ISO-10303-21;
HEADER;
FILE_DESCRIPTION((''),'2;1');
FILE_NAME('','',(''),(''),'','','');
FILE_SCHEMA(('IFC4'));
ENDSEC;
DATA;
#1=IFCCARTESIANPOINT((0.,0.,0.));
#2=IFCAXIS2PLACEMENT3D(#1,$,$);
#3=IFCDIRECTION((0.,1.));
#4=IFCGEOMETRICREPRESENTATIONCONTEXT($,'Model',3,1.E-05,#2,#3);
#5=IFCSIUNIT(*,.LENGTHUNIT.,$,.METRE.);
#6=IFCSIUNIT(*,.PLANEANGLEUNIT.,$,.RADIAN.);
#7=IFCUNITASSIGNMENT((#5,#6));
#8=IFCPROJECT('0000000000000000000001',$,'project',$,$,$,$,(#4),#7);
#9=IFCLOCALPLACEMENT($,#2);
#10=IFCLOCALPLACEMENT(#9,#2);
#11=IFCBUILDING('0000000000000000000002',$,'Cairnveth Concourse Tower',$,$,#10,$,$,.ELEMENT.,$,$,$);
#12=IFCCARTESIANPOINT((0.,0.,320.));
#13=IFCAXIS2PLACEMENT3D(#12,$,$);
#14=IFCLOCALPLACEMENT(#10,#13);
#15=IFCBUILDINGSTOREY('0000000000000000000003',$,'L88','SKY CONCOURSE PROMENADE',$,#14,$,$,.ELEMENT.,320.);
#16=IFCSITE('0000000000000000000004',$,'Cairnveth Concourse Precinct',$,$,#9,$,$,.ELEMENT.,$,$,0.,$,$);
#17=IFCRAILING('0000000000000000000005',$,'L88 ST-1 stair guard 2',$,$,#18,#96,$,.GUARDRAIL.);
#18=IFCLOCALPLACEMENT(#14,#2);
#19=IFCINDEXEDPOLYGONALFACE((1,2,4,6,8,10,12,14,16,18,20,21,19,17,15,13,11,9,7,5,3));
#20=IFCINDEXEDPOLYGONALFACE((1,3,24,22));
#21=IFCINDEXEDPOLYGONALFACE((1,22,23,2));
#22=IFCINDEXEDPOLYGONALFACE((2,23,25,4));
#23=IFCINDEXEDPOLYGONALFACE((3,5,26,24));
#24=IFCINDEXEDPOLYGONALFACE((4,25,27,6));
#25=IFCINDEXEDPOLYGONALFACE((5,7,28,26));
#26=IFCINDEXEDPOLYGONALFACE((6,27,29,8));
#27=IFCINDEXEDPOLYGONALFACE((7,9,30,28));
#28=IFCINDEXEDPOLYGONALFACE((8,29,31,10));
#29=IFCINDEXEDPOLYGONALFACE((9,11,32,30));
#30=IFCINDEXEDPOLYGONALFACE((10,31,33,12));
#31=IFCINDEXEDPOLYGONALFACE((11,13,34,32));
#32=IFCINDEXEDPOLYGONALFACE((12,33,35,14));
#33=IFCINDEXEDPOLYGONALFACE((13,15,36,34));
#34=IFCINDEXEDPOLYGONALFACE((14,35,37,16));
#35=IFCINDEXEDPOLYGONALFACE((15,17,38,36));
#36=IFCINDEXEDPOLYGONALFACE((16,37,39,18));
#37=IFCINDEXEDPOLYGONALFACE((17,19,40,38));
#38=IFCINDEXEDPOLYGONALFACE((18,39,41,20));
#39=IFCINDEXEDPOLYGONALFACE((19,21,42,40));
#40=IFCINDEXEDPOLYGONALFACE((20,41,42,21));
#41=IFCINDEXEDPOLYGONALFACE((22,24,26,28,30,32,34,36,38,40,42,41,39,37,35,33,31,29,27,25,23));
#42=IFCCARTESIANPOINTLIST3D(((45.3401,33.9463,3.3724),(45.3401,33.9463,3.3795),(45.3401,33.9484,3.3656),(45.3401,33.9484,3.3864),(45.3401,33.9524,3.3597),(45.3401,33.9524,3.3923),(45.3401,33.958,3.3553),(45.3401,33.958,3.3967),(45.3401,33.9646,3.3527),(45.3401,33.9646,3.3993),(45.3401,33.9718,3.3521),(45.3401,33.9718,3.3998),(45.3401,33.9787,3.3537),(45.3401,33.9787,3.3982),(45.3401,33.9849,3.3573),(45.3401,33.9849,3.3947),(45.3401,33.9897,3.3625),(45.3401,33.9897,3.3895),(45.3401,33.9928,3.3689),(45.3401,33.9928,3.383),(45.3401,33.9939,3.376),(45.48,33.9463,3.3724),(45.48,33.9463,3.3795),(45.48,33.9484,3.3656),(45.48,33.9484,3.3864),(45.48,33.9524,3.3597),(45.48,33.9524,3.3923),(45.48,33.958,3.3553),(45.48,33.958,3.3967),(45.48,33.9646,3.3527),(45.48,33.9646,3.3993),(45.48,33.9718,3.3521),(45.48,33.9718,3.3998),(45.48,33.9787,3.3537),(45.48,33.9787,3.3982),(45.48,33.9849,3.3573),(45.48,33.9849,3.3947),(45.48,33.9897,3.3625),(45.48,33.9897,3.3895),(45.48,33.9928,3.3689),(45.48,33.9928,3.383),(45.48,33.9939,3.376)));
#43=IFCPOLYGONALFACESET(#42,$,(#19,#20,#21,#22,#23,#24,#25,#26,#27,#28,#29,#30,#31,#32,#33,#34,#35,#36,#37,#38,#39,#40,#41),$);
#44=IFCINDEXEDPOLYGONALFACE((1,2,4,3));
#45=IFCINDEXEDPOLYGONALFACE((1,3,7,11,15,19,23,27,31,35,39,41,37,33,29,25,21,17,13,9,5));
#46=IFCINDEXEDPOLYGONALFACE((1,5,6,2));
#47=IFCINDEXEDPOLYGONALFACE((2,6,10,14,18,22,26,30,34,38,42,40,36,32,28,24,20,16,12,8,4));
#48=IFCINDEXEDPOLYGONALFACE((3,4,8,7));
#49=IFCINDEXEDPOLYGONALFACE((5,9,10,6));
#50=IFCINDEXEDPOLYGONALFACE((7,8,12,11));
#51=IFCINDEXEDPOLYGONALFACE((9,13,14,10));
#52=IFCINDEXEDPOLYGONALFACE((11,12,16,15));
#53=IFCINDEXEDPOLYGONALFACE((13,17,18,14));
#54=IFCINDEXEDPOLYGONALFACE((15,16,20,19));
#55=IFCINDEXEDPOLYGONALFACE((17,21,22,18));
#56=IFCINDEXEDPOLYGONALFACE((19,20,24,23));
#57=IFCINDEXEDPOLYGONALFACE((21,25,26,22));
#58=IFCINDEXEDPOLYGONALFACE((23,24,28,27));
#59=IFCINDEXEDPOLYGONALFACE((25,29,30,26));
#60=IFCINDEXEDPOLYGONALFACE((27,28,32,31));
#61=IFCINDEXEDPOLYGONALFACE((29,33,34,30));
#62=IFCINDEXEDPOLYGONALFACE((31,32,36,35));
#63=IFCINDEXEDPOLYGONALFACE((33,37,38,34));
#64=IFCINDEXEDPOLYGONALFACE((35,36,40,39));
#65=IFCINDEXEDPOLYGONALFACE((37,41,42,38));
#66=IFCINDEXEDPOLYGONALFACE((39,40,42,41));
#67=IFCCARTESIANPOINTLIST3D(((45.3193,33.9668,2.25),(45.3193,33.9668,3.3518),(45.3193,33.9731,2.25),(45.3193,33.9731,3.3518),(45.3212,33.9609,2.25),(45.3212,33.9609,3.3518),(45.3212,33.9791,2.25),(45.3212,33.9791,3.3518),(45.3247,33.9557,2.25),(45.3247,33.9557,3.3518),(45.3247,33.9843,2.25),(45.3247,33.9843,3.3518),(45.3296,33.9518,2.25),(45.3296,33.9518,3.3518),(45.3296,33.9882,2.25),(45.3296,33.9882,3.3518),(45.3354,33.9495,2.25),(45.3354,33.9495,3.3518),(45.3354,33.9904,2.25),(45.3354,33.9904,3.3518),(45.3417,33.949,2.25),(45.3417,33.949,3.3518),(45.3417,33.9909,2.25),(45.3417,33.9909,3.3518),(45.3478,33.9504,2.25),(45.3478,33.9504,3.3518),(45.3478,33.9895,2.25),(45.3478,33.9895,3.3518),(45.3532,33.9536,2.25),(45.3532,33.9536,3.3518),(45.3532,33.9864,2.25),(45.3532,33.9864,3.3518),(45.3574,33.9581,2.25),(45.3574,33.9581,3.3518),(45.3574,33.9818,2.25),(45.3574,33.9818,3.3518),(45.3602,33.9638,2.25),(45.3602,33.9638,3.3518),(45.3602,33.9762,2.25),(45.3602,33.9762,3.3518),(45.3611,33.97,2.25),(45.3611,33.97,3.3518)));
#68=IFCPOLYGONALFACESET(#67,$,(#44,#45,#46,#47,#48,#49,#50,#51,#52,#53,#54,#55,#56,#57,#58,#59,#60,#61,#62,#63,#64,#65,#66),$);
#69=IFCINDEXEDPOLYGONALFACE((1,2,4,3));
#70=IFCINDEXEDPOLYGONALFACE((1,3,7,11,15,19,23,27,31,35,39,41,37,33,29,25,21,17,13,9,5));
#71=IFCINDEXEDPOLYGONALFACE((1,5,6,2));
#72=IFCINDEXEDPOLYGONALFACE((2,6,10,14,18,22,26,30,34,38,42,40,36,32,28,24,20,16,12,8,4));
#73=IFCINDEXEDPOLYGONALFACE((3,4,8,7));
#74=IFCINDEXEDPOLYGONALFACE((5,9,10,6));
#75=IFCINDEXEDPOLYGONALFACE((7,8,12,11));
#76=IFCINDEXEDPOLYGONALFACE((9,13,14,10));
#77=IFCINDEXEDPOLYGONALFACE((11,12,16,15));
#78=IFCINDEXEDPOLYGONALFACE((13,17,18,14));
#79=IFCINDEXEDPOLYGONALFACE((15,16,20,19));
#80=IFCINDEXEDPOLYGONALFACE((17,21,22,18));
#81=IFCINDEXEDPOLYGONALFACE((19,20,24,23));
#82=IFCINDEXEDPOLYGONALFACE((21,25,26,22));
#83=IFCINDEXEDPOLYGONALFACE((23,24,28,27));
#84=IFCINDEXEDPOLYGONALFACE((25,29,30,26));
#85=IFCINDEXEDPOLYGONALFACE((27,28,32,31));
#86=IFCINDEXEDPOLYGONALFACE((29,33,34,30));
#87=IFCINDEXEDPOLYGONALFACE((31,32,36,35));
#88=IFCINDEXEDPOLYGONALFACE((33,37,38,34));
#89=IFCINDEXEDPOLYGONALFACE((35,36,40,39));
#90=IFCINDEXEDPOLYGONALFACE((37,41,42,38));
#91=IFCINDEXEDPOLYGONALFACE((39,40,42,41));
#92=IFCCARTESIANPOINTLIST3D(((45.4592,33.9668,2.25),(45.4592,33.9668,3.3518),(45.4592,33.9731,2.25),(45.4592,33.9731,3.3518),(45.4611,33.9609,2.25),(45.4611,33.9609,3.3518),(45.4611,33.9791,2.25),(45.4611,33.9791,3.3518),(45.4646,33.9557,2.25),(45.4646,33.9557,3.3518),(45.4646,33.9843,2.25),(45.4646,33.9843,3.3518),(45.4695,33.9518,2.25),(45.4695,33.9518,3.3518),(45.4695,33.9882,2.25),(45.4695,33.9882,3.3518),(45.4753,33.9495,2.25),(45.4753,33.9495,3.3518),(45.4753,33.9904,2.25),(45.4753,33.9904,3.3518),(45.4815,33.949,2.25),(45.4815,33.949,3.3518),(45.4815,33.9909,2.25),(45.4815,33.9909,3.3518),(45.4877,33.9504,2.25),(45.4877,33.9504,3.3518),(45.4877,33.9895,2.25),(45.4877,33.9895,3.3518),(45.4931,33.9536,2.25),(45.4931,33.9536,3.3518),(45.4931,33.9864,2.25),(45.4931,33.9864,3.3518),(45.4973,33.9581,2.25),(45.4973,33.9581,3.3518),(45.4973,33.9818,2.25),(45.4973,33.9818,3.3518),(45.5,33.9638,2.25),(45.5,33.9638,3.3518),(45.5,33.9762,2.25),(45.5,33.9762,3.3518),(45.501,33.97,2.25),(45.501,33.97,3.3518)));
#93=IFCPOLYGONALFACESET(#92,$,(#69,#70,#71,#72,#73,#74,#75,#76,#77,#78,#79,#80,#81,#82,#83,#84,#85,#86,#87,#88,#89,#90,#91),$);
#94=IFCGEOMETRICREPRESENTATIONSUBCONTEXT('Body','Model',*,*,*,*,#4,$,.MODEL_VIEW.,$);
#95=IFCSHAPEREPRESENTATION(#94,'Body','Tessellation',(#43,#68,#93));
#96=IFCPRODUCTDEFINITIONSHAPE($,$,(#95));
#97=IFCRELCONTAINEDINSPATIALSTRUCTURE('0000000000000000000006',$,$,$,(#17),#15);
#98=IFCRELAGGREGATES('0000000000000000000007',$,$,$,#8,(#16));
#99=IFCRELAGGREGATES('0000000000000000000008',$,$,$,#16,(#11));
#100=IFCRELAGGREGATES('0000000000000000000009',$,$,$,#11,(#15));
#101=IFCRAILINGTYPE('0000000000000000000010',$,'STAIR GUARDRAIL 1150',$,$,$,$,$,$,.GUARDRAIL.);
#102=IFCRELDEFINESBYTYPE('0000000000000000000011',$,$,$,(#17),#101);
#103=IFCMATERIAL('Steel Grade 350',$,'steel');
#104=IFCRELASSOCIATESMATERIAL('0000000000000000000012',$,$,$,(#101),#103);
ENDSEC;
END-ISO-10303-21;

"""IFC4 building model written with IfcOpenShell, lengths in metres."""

from ifc_helpers import new_model, si_unit, direction, frame, origin, origin_2d, place, context, subcontext, project, spatial, circle, extrude, material, type_object, element, save


model = new_model("IFC4")

# Units and contexts
model_context = context("Model", 3, precision=1e-05, world=origin(), true_north=direction((0.0, 1.0)))
body_context = subcontext(model_context, "Body", "Model", "MODEL_VIEW")
ifc_project = project(units=[si_unit("LENGTHUNIT", "METRE"), si_unit("PLANEANGLEUNIT", "RADIAN")], contexts=[model_context])

# Site, building, storey
site_placement = place(None, origin())
site = spatial("IfcSite", under=ifc_project, at=site_placement, Name="Cairnveth Concourse Precinct", CompositionType="ELEMENT", RefElevation=0.0)
building_placement = place(site_placement, origin())
building = spatial("IfcBuilding", under=site, at=building_placement, Name="Cairnveth Concourse Tower", CompositionType="ELEMENT")
storey_placement = place(building_placement, frame((0.0, 0.0, 320.0)))
storey = spatial("IfcBuildingStorey", under=building, at=storey_placement, Name="L88", Description="SKY CONCOURSE PROMENADE", CompositionType="ELEMENT", Elevation=320.0)

# Shared definitions
ifc_material_1 = material(Name="Steel Grade 350", Category="steel")

# Railing
railing_type_1 = type_object("IfcRailingType", Name="STAIR GUARDRAIL 1150", PredefinedType="GUARDRAIL", material=ifc_material_1)
railing_1_placement = place(storey_placement, frame((45.3401, 33.97, 2.25)))
element("IfcRailing", 1, at=railing_1_placement, inside=storey, type_object=railing_type_1, Name="L88 ST-1 stair guard 2", PredefinedType="GUARDRAIL", context=body_context, shape_type="SweptSolid", body=[
    extrude(circle(Radius=0.0239, at=origin_2d()), frame((0.0, 0.0, 1.126), z_axis=(1.0, 0.0, 0.0), x_axis=(0.0, 1.0, 0.0)), (0.0, 0.0, 1.0), 0.1399),
    extrude(circle(Radius=0.021, at=origin_2d()), origin(), (0.0, 0.0, 1.0), 1.1018),
    extrude(circle(Radius=0.021, at=origin_2d()), frame((0.1399, 0.0, 0.0)), (0.0, 0.0, 1.0), 1.1018),
])

save(model, "model.ifc")
